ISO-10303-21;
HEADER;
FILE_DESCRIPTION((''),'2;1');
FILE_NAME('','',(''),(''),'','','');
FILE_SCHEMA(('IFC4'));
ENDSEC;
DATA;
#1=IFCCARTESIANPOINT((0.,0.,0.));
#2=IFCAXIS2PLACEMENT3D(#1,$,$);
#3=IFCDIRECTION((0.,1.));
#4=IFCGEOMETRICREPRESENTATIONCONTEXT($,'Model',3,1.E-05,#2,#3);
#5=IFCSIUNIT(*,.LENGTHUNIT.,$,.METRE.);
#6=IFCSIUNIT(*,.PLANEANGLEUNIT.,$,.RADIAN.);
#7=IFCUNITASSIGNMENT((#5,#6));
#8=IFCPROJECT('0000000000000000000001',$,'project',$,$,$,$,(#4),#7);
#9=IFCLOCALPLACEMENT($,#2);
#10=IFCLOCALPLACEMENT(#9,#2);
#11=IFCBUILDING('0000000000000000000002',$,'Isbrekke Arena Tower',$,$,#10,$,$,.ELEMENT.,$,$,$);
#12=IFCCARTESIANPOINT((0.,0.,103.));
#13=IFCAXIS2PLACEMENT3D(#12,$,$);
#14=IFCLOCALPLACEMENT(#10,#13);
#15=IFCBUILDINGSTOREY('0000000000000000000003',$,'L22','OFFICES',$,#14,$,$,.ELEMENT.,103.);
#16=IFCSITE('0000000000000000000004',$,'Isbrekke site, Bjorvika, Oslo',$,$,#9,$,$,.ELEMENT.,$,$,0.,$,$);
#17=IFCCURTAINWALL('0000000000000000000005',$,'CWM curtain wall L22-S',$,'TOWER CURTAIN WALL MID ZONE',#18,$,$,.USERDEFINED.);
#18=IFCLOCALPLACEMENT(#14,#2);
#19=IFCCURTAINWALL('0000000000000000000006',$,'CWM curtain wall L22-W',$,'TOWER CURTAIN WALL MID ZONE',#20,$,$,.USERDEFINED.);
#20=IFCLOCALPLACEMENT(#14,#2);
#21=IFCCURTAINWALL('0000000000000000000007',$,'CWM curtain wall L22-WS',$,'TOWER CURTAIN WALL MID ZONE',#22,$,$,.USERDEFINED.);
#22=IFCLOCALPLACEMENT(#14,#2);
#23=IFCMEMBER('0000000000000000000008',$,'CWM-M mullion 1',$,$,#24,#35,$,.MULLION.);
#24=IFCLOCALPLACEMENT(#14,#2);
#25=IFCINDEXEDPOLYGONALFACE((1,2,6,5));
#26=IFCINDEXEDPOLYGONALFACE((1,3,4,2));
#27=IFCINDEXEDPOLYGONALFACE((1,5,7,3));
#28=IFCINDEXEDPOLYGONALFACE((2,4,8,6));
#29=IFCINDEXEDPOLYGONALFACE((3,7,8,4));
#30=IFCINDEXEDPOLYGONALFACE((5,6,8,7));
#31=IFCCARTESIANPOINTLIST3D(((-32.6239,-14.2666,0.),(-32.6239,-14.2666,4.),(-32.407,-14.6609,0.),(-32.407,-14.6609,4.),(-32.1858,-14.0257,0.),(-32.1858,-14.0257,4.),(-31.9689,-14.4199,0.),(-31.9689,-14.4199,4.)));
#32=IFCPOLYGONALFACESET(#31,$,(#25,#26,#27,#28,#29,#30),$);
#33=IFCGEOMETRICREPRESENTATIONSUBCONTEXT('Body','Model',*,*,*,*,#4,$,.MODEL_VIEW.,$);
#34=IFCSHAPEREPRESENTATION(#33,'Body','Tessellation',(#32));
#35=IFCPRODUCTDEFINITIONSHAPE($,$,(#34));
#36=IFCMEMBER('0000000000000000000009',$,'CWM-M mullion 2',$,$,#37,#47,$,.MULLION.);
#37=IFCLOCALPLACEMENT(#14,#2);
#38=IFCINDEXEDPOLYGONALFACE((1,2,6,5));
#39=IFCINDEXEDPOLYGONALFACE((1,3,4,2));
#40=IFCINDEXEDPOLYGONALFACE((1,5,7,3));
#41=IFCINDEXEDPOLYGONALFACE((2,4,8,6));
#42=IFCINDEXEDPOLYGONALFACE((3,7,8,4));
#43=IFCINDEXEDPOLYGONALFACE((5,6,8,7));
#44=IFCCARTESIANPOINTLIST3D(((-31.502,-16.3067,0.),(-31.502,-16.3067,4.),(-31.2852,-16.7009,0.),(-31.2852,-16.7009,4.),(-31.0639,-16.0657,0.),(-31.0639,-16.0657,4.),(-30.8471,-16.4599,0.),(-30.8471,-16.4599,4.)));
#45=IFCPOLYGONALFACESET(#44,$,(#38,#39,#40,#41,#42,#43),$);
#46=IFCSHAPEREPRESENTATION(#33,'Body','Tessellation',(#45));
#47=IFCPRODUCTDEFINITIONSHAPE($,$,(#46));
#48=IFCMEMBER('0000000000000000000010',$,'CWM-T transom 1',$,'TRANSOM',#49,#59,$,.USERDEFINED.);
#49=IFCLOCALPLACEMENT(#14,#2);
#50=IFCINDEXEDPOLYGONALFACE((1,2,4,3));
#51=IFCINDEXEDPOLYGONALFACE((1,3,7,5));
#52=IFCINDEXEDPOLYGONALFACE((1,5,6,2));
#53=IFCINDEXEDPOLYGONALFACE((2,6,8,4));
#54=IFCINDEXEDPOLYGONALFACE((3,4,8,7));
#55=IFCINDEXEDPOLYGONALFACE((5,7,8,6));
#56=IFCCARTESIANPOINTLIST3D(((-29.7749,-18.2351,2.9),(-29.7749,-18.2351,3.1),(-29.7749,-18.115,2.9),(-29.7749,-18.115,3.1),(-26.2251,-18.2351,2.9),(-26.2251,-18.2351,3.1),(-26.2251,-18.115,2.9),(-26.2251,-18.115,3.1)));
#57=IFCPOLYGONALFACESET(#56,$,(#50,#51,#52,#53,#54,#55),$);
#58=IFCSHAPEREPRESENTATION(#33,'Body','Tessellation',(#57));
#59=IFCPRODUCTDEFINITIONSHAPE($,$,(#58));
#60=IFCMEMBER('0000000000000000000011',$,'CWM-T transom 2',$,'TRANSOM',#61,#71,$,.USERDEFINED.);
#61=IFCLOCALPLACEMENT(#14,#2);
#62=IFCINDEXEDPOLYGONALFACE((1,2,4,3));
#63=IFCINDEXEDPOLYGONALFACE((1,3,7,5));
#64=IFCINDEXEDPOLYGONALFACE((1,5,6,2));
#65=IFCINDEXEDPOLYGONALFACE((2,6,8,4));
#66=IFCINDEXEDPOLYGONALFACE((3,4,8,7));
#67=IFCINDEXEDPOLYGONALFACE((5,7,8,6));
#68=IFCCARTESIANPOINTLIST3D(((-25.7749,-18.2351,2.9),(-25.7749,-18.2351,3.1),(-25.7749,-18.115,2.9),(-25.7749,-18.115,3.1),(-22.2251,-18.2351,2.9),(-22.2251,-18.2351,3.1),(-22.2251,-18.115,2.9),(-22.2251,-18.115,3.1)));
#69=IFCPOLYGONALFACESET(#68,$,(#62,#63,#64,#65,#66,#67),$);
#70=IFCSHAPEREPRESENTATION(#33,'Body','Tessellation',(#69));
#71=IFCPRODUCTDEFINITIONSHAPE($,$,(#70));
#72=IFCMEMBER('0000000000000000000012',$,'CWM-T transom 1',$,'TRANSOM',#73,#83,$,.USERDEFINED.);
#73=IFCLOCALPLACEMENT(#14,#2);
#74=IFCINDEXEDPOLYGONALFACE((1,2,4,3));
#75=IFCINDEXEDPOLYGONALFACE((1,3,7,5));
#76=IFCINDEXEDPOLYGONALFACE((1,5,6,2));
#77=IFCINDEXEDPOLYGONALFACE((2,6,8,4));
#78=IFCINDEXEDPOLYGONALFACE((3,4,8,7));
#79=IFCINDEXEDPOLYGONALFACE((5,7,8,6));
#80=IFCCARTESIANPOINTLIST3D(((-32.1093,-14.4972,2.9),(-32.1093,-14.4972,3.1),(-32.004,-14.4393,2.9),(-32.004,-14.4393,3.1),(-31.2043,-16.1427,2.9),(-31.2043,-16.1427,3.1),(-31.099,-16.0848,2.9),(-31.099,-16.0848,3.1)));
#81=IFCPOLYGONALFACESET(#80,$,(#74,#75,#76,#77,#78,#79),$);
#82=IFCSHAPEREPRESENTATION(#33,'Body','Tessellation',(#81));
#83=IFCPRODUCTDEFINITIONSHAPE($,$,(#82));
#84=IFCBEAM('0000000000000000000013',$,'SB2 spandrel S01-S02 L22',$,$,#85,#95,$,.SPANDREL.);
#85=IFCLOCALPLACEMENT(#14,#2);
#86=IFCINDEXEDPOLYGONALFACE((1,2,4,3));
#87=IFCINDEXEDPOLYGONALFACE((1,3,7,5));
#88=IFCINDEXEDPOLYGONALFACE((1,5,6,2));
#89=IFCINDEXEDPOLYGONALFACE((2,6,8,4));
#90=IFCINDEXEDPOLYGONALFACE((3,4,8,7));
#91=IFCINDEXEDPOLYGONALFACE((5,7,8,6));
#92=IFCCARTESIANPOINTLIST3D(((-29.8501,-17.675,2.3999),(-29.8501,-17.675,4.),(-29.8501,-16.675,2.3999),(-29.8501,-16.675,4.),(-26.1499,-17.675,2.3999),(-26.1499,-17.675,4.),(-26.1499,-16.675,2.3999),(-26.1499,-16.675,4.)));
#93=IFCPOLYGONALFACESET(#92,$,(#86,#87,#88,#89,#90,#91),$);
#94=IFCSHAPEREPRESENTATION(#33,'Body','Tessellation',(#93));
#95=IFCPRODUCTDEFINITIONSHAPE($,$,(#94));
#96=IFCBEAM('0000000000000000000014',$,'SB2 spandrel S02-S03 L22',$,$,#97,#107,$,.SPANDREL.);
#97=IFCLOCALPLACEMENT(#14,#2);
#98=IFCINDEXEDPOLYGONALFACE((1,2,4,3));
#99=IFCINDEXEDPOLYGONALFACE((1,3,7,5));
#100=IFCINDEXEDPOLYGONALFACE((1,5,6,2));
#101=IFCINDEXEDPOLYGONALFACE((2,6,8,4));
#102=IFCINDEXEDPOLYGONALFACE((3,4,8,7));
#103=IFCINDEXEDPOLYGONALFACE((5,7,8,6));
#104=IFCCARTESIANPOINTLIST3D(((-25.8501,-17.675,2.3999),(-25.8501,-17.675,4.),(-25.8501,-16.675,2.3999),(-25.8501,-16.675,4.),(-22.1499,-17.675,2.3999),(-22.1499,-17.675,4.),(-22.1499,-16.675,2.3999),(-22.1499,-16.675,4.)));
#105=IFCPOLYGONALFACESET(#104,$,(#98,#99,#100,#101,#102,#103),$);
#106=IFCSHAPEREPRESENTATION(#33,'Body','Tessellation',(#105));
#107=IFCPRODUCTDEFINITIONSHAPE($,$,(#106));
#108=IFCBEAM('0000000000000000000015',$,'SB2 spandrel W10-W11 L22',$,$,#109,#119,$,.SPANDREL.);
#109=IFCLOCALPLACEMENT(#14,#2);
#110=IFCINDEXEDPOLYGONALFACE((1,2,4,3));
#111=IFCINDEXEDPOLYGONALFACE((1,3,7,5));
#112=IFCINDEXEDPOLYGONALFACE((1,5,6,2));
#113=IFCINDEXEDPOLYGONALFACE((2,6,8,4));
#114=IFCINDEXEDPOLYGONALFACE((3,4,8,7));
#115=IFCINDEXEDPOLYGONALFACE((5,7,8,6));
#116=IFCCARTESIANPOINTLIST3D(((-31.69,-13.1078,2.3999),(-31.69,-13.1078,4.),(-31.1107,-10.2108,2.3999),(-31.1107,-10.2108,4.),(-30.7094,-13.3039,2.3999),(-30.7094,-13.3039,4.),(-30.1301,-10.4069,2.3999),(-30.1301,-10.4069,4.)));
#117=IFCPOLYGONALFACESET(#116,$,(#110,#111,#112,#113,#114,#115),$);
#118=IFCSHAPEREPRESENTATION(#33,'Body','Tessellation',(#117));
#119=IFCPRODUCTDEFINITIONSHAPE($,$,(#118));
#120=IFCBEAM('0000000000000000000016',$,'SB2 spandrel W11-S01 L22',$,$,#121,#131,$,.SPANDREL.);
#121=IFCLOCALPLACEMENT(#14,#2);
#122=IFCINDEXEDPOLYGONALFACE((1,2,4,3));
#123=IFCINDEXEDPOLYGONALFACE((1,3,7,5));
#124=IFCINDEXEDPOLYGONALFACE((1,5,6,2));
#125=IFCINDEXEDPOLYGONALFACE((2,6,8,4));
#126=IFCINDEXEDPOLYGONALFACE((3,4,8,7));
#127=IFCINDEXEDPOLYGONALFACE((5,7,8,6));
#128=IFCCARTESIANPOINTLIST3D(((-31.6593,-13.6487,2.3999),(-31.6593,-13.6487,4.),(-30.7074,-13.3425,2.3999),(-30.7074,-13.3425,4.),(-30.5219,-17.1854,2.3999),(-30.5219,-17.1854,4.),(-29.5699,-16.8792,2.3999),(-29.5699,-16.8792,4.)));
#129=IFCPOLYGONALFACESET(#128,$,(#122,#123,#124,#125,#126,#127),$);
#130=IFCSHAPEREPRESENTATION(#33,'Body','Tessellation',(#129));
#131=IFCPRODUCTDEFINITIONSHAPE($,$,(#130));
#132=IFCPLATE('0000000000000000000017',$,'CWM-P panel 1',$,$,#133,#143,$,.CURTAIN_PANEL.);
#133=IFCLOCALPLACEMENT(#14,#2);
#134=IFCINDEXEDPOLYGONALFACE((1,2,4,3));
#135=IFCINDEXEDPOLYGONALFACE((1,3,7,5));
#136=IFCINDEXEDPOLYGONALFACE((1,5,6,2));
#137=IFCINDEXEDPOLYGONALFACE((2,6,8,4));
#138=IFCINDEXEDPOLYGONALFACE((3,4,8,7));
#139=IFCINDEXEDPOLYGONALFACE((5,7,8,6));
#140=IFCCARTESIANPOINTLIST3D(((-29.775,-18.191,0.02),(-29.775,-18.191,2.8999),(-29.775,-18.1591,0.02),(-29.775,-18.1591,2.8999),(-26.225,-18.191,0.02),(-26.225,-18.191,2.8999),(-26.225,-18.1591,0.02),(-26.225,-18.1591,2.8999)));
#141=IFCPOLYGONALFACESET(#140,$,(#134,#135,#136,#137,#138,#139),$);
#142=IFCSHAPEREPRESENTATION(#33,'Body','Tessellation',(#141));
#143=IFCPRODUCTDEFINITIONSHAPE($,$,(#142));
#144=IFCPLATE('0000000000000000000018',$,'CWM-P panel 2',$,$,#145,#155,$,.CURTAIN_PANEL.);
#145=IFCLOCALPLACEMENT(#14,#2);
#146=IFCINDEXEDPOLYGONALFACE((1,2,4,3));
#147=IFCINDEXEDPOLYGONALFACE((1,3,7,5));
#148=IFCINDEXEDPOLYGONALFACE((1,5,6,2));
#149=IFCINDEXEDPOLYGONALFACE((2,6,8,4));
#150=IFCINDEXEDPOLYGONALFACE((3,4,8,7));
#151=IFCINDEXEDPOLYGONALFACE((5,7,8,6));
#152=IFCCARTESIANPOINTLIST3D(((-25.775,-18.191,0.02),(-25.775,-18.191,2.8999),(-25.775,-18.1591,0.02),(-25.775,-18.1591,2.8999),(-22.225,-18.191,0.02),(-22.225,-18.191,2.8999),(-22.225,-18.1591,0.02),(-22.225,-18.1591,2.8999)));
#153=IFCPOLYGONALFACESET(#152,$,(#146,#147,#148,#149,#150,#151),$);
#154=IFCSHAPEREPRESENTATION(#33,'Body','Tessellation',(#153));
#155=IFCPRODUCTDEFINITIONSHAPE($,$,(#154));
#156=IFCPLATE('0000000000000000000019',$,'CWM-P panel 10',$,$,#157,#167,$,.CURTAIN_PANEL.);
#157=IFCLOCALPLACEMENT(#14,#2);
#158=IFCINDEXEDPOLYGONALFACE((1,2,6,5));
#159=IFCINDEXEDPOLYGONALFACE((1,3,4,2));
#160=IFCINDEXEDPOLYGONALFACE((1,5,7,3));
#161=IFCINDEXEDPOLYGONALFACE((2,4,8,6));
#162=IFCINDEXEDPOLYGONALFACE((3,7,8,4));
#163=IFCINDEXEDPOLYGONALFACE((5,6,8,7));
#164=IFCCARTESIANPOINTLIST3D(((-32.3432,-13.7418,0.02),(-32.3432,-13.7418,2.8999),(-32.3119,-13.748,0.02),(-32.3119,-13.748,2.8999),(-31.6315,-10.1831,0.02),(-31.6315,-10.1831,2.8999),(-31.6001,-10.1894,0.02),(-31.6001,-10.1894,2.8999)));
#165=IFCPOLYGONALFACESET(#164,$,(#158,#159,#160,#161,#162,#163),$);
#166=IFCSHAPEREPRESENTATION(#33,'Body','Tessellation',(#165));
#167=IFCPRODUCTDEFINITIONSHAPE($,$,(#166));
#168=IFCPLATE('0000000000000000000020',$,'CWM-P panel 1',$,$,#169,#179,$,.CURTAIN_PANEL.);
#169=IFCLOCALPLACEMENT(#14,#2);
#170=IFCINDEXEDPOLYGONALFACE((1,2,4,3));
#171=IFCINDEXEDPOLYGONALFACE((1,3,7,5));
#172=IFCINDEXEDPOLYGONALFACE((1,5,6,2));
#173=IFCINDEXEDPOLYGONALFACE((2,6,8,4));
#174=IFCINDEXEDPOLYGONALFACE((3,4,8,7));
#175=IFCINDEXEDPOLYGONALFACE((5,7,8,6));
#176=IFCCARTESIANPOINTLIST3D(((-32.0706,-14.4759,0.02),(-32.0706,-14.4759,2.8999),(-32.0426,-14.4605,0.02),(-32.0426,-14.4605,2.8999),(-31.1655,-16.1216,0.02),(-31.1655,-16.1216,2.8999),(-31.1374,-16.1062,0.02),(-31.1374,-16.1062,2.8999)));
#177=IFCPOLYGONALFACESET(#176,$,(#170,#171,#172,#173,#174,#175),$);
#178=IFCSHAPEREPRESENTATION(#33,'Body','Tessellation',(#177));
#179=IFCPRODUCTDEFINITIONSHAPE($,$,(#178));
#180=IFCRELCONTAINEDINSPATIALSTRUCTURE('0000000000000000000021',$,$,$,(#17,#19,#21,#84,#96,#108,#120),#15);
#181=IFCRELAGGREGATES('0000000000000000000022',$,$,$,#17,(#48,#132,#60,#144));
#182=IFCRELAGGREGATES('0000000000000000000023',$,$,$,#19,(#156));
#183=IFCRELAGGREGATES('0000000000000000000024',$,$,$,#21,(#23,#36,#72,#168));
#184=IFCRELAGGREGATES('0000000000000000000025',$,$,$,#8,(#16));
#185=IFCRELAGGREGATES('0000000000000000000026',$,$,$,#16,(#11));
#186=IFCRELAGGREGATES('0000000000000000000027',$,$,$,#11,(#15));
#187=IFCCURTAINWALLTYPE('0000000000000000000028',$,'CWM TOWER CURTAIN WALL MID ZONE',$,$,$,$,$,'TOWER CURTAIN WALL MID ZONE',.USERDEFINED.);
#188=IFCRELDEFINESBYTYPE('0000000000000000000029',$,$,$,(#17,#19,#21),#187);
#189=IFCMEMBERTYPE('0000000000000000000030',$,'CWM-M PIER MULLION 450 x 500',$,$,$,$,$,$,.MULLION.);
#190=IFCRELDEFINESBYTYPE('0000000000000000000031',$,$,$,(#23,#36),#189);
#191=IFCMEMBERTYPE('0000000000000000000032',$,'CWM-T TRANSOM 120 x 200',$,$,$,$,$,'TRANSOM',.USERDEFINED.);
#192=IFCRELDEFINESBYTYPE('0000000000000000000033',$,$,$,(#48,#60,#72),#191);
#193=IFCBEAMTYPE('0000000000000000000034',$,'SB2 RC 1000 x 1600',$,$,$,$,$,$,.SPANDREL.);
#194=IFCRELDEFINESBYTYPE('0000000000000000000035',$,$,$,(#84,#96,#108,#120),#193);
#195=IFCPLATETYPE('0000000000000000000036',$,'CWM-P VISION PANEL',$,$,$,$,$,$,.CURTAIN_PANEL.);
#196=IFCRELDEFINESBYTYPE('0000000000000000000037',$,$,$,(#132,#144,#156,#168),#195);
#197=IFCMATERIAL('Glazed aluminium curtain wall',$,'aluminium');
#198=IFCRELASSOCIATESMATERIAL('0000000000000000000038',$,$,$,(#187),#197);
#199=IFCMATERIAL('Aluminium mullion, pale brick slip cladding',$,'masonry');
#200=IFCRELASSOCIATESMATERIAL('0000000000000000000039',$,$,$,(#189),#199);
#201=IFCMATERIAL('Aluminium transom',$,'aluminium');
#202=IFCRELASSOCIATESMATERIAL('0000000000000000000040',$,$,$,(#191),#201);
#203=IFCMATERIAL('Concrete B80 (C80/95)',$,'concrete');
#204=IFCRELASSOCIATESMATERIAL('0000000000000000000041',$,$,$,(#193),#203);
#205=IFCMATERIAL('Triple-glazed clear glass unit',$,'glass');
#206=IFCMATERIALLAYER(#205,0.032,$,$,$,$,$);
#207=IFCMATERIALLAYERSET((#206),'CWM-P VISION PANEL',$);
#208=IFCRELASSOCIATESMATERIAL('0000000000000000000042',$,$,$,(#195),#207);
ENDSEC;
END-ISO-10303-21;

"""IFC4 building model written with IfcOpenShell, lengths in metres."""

from ifc_helpers import new_model, si_unit, direction, frame, origin, origin_2d, place, context, subcontext, project, spatial, rectangle, extrude, material, layer, layer_set, material_profile, profile_set, type_object, element, aggregate, save


model = new_model("IFC4")

# Units and contexts
model_context = context("Model", 3, precision=1e-05, world=origin(), true_north=direction((0.0, 1.0)))
body_context = subcontext(model_context, "Body", "Model", "MODEL_VIEW")
ifc_project = project(units=[si_unit("LENGTHUNIT", "METRE"), si_unit("PLANEANGLEUNIT", "RADIAN")], contexts=[model_context])

# Site, building, storey
site_placement = place(None, origin())
site = spatial("IfcSite", under=ifc_project, at=site_placement, Name="Isbrekke site, Bjorvika, Oslo", CompositionType="ELEMENT", RefElevation=0.0)
building_placement = place(site_placement, origin())
building = spatial("IfcBuilding", under=site, at=building_placement, Name="Isbrekke Arena Tower", CompositionType="ELEMENT")
storey_placement = place(building_placement, frame((0.0, 0.0, 103.0)))
storey = spatial("IfcBuildingStorey", under=building, at=storey_placement, Name="L22", Description="OFFICES", CompositionType="ELEMENT", Elevation=103.0)

# Curtain wall
ifc_material_1 = material(Name="Glazed aluminium curtain wall", Category="aluminium")
curtain_wall_type = type_object("IfcCurtainWallType", Name="CWM TOWER CURTAIN WALL MID ZONE", ElementType="TOWER CURTAIN WALL MID ZONE", PredefinedType="USERDEFINED", material=ifc_material_1)
curtain_wall_1_placement = place(storey_placement, origin())
curtain_wall_1 = element("IfcCurtainWall", 1, at=curtain_wall_1_placement, inside=storey, type_object=curtain_wall_type, Name="CWM curtain wall L22-S", ObjectType="TOWER CURTAIN WALL MID ZONE", PredefinedType="USERDEFINED")
ifc_material_2 = material(Name="Aluminium mullion, pale brick slip cladding", Category="masonry")
ifc_material_profile_1 = material_profile(ifc_material_2, rectangle(XDim=0.45, YDim=0.5, at=origin_2d()), Name="PIER 450X500")
ifc_profile_set_1 = profile_set([ifc_material_profile_1], Name="Aluminium mullion, pale brick slip cladding")
member_type_1 = type_object("IfcMemberType", Name="CWM-M PIER MULLION 450 x 500", PredefinedType="MULLION", material=ifc_profile_set_1)

# Curtain wall
curtain_wall_2_placement = place(storey_placement, origin())
curtain_wall_2 = element("IfcCurtainWall", 2, at=curtain_wall_2_placement, inside=storey, type_object=curtain_wall_type, Name="CWM curtain wall L22-W", ObjectType="TOWER CURTAIN WALL MID ZONE", PredefinedType="USERDEFINED")

# Curtain wall, members
curtain_wall_3_placement = place(storey_placement, origin())
curtain_wall_3 = element("IfcCurtainWall", 3, at=curtain_wall_3_placement, inside=storey, type_object=curtain_wall_type, Name="CWM curtain wall L22-WS", ObjectType="TOWER CURTAIN WALL MID ZONE", PredefinedType="USERDEFINED")
member_1_placement = place(storey_placement, frame((-32.2964, -14.3433, 0.0), z_axis=(0.0, 0.0, 1.0), x_axis=(0.481919, -0.876216, 0.0)))
member_1 = element("IfcMember", 4, at=member_1_placement, type_object=member_type_1, Name="CWM-M mullion 1", PredefinedType="MULLION", context=body_context, shape_type="SweptSolid", body=[
    extrude(rectangle(XDim=0.45, YDim=0.5, at=origin_2d()), origin(), (0.0, 0.0, 1.0), 4.0),
])
member_2_placement = place(storey_placement, frame((-31.1746, -16.3833, 0.0), z_axis=(0.0, 0.0, 1.0), x_axis=(0.481919, -0.876216, 0.0)))
member_2 = element("IfcMember", 5, at=member_2_placement, type_object=member_type_1, Name="CWM-M mullion 2", PredefinedType="MULLION", context=body_context, shape_type="SweptSolid", body=[
    extrude(rectangle(XDim=0.45, YDim=0.5, at=origin_2d()), origin(), (0.0, 0.0, 1.0), 4.0),
])

# Members
ifc_material_3 = material(Name="Aluminium transom", Category="aluminium")
ifc_material_profile_2 = material_profile(ifc_material_3, rectangle(XDim=0.1201, YDim=0.2, at=origin_2d()), Name="TRANSOM 120X200")
ifc_profile_set_2 = profile_set([ifc_material_profile_2], Name="Aluminium transom")
member_type_2 = type_object("IfcMemberType", Name="CWM-T TRANSOM 120 x 200", ElementType="TRANSOM", PredefinedType="USERDEFINED", material=ifc_profile_set_2)
member_3_placement = place(storey_placement, frame((-29.7749, -18.175, 3.0), z_axis=(1.0, 0.0, 0.0), x_axis=(0.0, 1.0, 0.0)))
member_3 = element("IfcMember", 6, at=member_3_placement, type_object=member_type_2, Name="CWM-T transom 1", ObjectType="TRANSOM", PredefinedType="USERDEFINED", context=body_context, shape_type="SweptSolid", body=[
    extrude(rectangle(XDim=0.1201, YDim=0.2, at=origin_2d()), origin(), (0.0, 0.0, 1.0), 3.5498),
])
member_4_placement = place(storey_placement, frame((-25.7749, -18.175, 3.0), z_axis=(1.0, 0.0, 0.0), x_axis=(0.0, 1.0, 0.0)))
member_4 = element("IfcMember", 7, at=member_4_placement, type_object=member_type_2, Name="CWM-T transom 2", ObjectType="TRANSOM", PredefinedType="USERDEFINED", context=body_context, shape_type="SweptSolid", body=[
    extrude(rectangle(XDim=0.1201, YDim=0.2, at=origin_2d()), origin(), (0.0, 0.0, 1.0), 3.5498),
])
member_5_placement = place(storey_placement, frame((-32.0566, -14.4683, 3.0), z_axis=(0.481919, -0.876216, 0.0), x_axis=(0.876216, 0.481919, 0.0)))
member_5 = element("IfcMember", 8, at=member_5_placement, type_object=member_type_2, Name="CWM-T transom 1", ObjectType="TRANSOM", PredefinedType="USERDEFINED", context=body_context, shape_type="SweptSolid", body=[
    extrude(rectangle(XDim=0.1201, YDim=0.2, at=origin_2d()), origin(), (0.0, 0.0, 1.0), 1.8779),
])

# Beams
ifc_material_4 = material(Name="Concrete B80 (C80/95)", Category="concrete")
ifc_material_profile_3 = material_profile(ifc_material_4, rectangle(XDim=1.0, YDim=1.6001, at=origin_2d()), Name="RC 1000x1600")
ifc_profile_set_3 = profile_set([ifc_material_profile_3], Name="Concrete B80 (C80/95)")
beam_type_1 = type_object("IfcBeamType", Name="SB2 RC 1000 x 1600", PredefinedType="SPANDREL", material=ifc_profile_set_3)
for number, where, z_axis, x_axis, name in (
    (9, (-29.8501, -17.175, 3.2), (1.0, 0.0, 0.0), (0.0, 1.0, 0.0), "SB2 spandrel S01-S02 L22"),
    (10, (-25.8501, -17.175, 3.2), (1.0, 0.0, 0.0), (0.0, 1.0, 0.0), "SB2 spandrel S02-S03 L22"),
):
    element("IfcBeam", number, at=place(storey_placement, frame(where, z_axis=z_axis, x_axis=x_axis)), inside=storey, type_object=beam_type_1, Name=name, PredefinedType="SPANDREL", context=body_context, shape_type="SweptSolid", body=[
        extrude(rectangle(XDim=1.0, YDim=1.6001, at=origin_2d()), origin(), (0.0, 0.0, 1.0), 3.7002),
    ])
beam_1_placement = place(storey_placement, frame((-30.6204, -10.3088, 3.2), z_axis=(-0.1961, -0.980584, 0.0), x_axis=(0.980584, -0.1961, 0.0)))
element("IfcBeam", 11, at=beam_1_placement, inside=storey, type_object=beam_type_1, Name="SB2 spandrel W10-W11 L22", PredefinedType="SPANDREL", context=body_context, shape_type="SweptSolid", body=[
    extrude(rectangle(XDim=1.0, YDim=1.6001, at=origin_2d()), origin(), (0.0, 0.0, 1.0), 2.9543),
])
beam_2_placement = place(storey_placement, frame((-31.1833, -13.4956, 3.2), z_axis=(0.306175, -0.951975, 0.0), x_axis=(0.951975, 0.306175, 0.0)))
element("IfcBeam", 12, at=beam_2_placement, inside=storey, type_object=beam_type_1, Name="SB2 spandrel W11-S01 L22", PredefinedType="SPANDREL", context=body_context, shape_type="SweptSolid", body=[
    extrude(rectangle(XDim=1.0, YDim=1.6001, at=origin_2d()), origin(), (0.0, 0.0, 1.0), 3.7151),
])

# Plates
ifc_material_5 = material(Name="Triple-glazed clear glass unit", Category="glass")
ifc_layer_1 = layer(ifc_material_5, 0.032)
ifc_layer_set_1 = layer_set([ifc_layer_1], Name="CWM-P VISION PANEL")
plate_type = type_object("IfcPlateType", Name="CWM-P VISION PANEL", PredefinedType="CURTAIN_PANEL", material=ifc_layer_set_1)
plate_1_placement = place(storey_placement, frame((-28.0, -18.175, 0.02), z_axis=(0.0, 0.0, 1.0), x_axis=(1.0, 0.0, 0.0)))
plate_1 = element("IfcPlate", 13, at=plate_1_placement, type_object=plate_type, Name="CWM-P panel 1", PredefinedType="CURTAIN_PANEL", context=body_context, shape_type="SweptSolid", body=[
    extrude(rectangle(XDim=3.55, YDim=0.032, at=origin_2d()), origin(), (0.0, 0.0, 1.0), 2.8799),
])
plate_2_placement = place(storey_placement, frame((-24.0, -18.175, 0.02), z_axis=(0.0, 0.0, 1.0), x_axis=(1.0, 0.0, 0.0)))
plate_2 = element("IfcPlate", 14, at=plate_2_placement, type_object=plate_type, Name="CWM-P panel 2", PredefinedType="CURTAIN_PANEL", context=body_context, shape_type="SweptSolid", body=[
    extrude(rectangle(XDim=3.55, YDim=0.032, at=origin_2d()), origin(), (0.0, 0.0, 1.0), 2.8799),
])
aggregate(curtain_wall_1, [member_3, plate_1, member_4, plate_2])
plate_3_placement = place(storey_placement, frame((-31.9717, -11.9656, 0.02), z_axis=(0.0, 0.0, 1.0), x_axis=(-0.196116, -0.980581, 0.0)))
plate_3 = element("IfcPlate", 15, at=plate_3_placement, type_object=plate_type, Name="CWM-P panel 10", PredefinedType="CURTAIN_PANEL", context=body_context, shape_type="SweptSolid", body=[
    extrude(rectangle(XDim=3.6292, YDim=0.032, at=origin_2d()), origin(), (0.0, 0.0, 1.0), 2.8799),
])
aggregate(curtain_wall_2, [plate_3])
plate_4_placement = place(storey_placement, frame((-31.604, -15.291, 0.02), z_axis=(0.0, 0.0, 1.0), x_axis=(0.481919, -0.876216, 0.0)))
plate_4 = element("IfcPlate", 16, at=plate_4_placement, type_object=plate_type, Name="CWM-P panel 1", PredefinedType="CURTAIN_PANEL", context=body_context, shape_type="SweptSolid", body=[
    extrude(rectangle(XDim=1.8782, YDim=0.032, at=origin_2d()), origin(), (0.0, 0.0, 1.0), 2.8799),
])
aggregate(curtain_wall_3, [member_1, member_2, member_5, plate_4])

save(model, "model.ifc")
